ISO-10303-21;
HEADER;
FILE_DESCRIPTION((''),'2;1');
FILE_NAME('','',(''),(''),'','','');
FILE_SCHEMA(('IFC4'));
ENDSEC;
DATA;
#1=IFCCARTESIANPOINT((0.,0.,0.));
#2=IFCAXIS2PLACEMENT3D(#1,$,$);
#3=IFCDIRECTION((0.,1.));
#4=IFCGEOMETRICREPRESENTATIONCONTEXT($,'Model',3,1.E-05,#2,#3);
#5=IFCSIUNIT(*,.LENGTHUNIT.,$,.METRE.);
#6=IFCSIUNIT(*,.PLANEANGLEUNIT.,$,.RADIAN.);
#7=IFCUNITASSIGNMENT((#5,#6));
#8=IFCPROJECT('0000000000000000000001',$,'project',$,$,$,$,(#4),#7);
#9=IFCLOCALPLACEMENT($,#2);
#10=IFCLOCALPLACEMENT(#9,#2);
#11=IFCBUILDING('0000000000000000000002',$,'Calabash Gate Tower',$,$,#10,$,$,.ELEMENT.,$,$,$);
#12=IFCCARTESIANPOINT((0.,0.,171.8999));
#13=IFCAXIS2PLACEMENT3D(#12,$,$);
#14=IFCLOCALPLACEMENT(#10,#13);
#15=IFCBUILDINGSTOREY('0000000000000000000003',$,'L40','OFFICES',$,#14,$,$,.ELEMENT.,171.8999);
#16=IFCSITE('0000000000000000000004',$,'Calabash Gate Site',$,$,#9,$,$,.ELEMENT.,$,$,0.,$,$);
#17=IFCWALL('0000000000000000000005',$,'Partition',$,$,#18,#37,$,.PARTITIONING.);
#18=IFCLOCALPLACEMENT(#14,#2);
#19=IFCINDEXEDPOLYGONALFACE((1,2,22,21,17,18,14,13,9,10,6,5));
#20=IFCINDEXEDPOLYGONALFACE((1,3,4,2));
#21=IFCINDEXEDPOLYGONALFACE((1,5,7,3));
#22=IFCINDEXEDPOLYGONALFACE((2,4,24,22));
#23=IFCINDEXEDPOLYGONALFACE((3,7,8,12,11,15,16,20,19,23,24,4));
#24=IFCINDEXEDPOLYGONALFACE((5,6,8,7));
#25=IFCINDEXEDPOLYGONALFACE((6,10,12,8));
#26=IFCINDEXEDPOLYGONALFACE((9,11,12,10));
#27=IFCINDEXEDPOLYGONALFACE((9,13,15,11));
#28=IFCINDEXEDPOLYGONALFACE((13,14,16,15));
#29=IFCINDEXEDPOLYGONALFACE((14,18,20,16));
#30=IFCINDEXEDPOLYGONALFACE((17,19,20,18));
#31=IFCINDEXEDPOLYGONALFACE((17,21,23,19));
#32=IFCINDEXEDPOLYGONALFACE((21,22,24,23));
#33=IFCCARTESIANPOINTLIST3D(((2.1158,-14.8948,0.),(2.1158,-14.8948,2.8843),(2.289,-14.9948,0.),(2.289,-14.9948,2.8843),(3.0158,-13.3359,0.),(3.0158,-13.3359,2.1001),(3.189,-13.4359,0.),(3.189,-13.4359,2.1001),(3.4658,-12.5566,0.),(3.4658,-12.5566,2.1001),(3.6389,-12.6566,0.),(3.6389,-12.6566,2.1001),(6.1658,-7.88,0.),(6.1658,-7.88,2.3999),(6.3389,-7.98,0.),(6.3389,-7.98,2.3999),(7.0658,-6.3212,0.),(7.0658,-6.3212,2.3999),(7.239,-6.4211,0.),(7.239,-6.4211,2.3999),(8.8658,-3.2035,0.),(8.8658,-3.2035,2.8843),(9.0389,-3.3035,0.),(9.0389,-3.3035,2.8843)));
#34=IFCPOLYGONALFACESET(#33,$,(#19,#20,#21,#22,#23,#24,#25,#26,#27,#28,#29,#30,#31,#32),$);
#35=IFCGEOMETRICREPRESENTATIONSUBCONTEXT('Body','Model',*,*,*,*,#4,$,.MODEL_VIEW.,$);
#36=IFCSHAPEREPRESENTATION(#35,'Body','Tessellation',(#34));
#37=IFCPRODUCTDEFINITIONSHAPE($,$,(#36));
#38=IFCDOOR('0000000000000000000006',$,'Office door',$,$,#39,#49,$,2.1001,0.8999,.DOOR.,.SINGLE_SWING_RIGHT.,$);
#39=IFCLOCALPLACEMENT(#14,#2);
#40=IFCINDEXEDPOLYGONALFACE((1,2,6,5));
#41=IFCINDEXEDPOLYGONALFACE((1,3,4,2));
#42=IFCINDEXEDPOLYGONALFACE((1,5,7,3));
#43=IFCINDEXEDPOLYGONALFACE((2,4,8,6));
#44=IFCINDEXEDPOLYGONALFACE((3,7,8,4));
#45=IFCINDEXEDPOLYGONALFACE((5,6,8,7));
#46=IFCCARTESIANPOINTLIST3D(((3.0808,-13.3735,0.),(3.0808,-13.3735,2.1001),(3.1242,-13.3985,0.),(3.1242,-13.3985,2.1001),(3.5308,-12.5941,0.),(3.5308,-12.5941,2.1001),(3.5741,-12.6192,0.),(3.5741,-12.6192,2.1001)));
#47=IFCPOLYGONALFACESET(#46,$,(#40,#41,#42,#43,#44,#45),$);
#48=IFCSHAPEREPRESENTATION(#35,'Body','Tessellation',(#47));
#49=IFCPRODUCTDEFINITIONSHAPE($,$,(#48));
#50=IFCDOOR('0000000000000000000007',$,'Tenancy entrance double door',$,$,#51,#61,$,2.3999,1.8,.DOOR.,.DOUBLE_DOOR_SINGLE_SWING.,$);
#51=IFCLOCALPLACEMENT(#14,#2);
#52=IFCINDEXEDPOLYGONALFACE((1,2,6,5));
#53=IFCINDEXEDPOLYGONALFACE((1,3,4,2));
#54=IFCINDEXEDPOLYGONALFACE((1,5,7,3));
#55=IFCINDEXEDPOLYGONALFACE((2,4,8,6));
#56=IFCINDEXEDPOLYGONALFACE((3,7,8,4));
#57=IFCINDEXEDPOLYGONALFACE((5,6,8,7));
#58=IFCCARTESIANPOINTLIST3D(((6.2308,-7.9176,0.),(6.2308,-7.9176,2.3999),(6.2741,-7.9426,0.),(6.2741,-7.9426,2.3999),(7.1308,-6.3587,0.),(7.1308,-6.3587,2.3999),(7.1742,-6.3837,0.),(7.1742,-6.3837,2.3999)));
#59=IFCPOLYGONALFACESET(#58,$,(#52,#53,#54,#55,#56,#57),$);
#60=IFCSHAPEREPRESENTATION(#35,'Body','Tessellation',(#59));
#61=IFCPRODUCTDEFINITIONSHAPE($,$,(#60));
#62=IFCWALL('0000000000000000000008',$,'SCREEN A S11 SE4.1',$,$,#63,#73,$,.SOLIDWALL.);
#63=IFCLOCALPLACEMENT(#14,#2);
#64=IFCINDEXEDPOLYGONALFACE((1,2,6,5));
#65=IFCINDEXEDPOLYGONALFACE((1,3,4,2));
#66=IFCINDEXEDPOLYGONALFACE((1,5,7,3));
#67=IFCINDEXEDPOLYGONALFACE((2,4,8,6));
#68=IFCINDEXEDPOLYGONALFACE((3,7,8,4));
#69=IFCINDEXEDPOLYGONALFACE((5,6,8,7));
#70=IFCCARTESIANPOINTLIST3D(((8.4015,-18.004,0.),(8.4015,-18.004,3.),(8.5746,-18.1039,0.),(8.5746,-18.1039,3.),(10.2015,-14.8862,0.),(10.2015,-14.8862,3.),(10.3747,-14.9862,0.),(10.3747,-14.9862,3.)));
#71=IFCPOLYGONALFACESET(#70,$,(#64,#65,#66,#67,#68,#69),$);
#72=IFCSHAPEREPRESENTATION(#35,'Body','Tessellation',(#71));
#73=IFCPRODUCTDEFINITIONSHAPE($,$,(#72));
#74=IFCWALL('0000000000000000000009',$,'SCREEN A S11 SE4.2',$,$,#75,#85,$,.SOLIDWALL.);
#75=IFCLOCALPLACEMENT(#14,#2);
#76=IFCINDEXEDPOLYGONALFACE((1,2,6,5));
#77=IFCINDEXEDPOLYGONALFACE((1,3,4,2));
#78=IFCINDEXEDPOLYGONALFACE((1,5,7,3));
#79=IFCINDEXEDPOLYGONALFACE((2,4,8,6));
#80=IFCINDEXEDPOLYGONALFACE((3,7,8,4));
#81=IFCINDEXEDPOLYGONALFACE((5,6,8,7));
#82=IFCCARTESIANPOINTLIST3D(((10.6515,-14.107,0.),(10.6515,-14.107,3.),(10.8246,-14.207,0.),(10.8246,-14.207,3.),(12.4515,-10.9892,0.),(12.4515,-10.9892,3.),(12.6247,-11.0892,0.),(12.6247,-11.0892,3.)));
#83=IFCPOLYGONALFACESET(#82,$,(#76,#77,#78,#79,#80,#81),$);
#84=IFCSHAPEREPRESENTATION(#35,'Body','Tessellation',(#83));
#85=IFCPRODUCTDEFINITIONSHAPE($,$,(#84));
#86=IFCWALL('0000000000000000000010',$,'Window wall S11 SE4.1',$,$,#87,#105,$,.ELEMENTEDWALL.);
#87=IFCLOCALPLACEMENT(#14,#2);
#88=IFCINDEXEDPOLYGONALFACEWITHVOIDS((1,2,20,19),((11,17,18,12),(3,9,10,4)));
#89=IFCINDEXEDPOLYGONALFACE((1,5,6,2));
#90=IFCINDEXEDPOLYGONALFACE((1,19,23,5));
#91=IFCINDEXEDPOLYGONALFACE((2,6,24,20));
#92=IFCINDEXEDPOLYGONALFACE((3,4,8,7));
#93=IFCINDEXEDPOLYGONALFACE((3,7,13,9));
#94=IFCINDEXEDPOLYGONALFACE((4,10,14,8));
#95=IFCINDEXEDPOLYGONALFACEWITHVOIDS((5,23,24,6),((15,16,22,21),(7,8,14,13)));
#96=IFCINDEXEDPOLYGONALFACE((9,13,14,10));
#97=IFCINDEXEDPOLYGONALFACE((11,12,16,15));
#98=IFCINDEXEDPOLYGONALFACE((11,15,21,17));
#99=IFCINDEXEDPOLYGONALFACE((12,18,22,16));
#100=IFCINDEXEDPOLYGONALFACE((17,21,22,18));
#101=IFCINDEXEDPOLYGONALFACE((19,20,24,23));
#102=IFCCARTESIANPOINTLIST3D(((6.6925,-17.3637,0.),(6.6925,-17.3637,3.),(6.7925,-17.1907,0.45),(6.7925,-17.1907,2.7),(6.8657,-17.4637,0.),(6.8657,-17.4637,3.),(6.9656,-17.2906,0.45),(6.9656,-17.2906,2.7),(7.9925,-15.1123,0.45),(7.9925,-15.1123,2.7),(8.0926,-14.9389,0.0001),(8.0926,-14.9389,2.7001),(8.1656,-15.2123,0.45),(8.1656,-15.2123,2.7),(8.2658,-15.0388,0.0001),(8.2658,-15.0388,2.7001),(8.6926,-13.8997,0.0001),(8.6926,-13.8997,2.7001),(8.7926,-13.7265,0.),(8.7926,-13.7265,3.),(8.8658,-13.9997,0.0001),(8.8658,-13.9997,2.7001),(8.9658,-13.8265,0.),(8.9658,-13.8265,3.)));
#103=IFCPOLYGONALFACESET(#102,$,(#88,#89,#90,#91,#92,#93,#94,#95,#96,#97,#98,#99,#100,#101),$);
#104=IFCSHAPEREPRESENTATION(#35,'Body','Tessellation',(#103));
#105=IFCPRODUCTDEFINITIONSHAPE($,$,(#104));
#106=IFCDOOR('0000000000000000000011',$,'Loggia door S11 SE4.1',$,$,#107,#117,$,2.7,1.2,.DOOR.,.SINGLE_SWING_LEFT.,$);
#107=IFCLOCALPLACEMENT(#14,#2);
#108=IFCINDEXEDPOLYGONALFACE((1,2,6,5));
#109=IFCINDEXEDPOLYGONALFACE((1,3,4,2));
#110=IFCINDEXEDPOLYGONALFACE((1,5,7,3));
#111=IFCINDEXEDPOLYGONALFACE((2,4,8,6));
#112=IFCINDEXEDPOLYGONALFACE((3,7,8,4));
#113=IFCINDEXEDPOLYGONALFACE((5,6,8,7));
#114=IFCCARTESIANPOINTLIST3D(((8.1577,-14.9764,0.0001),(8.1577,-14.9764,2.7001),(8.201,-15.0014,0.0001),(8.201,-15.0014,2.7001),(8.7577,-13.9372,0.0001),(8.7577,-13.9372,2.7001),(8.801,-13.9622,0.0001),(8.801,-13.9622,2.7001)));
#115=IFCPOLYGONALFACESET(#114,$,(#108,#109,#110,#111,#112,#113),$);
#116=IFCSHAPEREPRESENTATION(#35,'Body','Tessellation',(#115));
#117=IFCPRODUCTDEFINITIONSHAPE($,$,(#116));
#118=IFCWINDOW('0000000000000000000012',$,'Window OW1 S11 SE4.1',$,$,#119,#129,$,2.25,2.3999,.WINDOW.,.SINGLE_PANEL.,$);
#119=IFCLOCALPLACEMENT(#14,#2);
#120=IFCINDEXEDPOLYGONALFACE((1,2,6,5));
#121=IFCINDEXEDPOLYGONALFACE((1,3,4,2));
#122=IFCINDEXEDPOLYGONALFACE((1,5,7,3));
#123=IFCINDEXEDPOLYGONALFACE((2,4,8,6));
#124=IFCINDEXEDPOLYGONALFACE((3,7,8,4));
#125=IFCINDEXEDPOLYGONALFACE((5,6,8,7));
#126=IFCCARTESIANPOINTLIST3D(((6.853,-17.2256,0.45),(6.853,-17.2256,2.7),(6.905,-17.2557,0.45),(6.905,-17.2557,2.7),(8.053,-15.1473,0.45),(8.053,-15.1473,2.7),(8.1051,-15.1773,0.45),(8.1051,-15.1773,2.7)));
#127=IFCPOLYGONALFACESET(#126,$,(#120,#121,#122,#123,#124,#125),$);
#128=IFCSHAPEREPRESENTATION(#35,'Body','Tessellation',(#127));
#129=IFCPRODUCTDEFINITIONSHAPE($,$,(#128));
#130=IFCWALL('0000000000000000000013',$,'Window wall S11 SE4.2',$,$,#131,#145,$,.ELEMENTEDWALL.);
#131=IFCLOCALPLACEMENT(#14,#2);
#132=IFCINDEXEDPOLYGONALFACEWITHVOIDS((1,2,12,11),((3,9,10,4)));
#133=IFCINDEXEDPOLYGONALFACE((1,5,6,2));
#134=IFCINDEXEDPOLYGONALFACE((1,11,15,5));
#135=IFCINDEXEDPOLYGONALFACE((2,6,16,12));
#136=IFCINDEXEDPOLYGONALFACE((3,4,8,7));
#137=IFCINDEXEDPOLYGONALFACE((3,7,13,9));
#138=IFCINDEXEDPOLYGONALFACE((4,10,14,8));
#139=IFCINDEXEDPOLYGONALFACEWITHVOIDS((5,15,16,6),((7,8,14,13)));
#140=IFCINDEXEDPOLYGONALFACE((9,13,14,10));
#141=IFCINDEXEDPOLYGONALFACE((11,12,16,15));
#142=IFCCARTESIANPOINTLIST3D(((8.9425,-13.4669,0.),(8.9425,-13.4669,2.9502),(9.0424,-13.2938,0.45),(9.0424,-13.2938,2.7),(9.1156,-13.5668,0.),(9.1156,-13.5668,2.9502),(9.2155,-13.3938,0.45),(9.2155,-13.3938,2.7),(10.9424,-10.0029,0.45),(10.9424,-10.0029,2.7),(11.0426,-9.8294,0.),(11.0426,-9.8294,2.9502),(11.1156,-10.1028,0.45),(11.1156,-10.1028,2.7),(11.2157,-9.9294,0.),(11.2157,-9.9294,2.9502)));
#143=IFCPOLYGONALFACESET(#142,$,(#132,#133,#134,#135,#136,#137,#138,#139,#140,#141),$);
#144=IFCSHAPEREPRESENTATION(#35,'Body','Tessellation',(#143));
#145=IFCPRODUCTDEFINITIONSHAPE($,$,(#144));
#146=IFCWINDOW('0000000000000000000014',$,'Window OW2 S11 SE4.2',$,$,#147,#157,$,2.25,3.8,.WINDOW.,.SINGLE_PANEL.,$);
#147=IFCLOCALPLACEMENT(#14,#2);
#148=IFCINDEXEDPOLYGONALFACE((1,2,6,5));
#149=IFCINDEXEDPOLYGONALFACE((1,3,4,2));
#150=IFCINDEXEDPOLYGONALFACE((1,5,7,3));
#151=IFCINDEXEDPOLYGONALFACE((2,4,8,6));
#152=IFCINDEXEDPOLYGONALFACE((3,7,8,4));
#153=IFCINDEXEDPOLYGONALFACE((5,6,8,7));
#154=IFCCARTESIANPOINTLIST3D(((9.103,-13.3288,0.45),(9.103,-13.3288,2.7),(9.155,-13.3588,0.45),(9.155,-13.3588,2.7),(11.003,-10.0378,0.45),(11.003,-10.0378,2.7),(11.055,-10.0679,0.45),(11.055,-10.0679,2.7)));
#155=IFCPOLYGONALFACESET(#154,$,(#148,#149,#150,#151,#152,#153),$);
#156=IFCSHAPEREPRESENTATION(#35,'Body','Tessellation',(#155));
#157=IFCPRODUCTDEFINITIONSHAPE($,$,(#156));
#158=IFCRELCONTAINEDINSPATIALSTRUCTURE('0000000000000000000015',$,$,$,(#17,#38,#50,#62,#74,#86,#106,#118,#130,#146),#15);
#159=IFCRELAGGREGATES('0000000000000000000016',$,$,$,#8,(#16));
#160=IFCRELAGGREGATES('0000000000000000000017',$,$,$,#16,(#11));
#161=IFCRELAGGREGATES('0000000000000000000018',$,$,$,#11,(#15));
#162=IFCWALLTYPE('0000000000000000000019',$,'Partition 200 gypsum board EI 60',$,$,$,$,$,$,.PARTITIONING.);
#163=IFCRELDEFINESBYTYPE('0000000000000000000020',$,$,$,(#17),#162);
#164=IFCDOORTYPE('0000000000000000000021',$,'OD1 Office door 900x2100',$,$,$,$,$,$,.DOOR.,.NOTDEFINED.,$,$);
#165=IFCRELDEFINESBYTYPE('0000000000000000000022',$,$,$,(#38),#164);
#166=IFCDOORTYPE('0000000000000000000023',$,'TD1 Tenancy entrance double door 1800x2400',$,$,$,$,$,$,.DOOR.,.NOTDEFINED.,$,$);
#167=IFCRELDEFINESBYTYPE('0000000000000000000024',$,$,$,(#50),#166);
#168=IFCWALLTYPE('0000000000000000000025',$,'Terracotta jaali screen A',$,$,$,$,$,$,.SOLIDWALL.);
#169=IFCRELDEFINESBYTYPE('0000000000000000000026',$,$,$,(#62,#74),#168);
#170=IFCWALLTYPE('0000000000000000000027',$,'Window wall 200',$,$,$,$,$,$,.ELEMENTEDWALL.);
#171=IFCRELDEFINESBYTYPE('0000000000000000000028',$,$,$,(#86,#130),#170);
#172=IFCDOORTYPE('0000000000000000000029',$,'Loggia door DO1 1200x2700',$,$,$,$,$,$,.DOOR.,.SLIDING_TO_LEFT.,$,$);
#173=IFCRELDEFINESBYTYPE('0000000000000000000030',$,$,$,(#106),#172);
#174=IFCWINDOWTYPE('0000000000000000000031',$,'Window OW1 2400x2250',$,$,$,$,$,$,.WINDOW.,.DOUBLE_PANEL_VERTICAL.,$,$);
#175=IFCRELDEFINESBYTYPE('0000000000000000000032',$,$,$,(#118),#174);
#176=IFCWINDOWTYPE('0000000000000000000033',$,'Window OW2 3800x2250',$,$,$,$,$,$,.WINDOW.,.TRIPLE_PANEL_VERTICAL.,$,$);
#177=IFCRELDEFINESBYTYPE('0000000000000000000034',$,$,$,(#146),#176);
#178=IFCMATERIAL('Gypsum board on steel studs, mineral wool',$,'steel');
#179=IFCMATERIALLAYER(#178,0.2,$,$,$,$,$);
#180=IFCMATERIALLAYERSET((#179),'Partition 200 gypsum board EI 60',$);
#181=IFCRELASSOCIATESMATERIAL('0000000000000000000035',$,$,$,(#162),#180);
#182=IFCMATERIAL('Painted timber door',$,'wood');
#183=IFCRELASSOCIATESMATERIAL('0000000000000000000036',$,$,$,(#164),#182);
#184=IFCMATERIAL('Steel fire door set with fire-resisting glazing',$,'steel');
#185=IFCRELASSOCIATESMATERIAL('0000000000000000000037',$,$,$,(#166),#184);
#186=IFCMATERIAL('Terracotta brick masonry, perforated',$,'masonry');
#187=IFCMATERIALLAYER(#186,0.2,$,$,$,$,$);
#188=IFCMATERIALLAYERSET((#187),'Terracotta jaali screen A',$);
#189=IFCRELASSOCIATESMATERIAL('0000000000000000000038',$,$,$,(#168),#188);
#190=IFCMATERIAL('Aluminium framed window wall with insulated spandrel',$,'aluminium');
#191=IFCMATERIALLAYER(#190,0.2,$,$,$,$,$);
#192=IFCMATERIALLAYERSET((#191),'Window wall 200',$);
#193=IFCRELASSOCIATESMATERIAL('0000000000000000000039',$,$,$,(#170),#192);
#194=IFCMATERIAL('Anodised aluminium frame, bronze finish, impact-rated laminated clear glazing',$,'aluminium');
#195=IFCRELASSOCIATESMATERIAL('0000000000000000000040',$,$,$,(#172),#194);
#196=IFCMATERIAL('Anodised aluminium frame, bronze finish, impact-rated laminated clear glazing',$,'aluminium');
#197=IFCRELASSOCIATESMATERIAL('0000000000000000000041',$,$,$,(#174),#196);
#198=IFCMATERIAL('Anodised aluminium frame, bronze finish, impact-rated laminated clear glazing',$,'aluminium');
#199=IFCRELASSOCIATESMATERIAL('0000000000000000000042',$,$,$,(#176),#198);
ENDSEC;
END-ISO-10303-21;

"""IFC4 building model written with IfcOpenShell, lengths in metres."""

from ifc_helpers import new_model, si_unit, direction, frame, frame_2d, origin, place, context, subcontext, project, spatial, rectangle, extrude, material, layer, layer_set, type_object, element, fill, save


model = new_model("IFC4")

# Units and contexts
model_context = context("Model", 3, precision=1e-05, world=origin(), true_north=direction((0.0, 1.0)))
body_context = subcontext(model_context, "Body", "Model", "MODEL_VIEW")
ifc_project = project(units=[si_unit("LENGTHUNIT", "METRE"), si_unit("PLANEANGLEUNIT", "RADIAN")], contexts=[model_context])

# Site, building, storey
site_placement = place(None, origin())
site = spatial("IfcSite", under=ifc_project, at=site_placement, Name="Calabash Gate Site", CompositionType="ELEMENT", RefElevation=0.0)
building_placement = place(site_placement, origin())
building = spatial("IfcBuilding", under=site, at=building_placement, Name="Calabash Gate Tower", CompositionType="ELEMENT")
storey_placement = place(building_placement, frame((0.0, 0.0, 171.8999)))
storey = spatial("IfcBuildingStorey", under=building, at=storey_placement, Name="L40", Description="OFFICES", CompositionType="ELEMENT", Elevation=171.8999)

# Shared definitions
ifc_material_1 = material(Name="Gypsum board on steel studs, mineral wool", Category="steel")
ifc_layer_1 = layer(ifc_material_1, 0.2)
ifc_layer_set_1 = layer_set([ifc_layer_1], Name="Partition 200 gypsum board EI 60")
wall_type_1 = type_object("IfcWallType", Name="Partition 200 gypsum board EI 60", PredefinedType="PARTITIONING", material=ifc_layer_set_1)

# Wall, openings, doors
wall_1_placement = place(storey_placement, frame((2.2024, -14.9448, 0.0), z_axis=(0.0, 0.0, 1.0), x_axis=(0.499998, 0.866027, 0.0)))
wall_1 = element("IfcWall", 1, at=wall_1_placement, inside=storey, type_object=wall_type_1, Name="Partition", PredefinedType="PARTITIONING", context=body_context, shape_type="SweptSolid", body=[
    extrude(rectangle(XDim=13.5, YDim=0.2, at=frame_2d((6.75, 0.0))), origin(), (0.0, 0.0, 1.0), 2.8843),
])
opening_1_placement = place(wall_1_placement, frame((1.8, 0.0, 0.0)))
opening_1 = element("IfcOpeningElement", 2, at=opening_1_placement, cuts=wall_1, PredefinedType="OPENING", context=body_context, shape_type="SweptSolid", body=[
    extrude(rectangle(XDim=0.8999, YDim=2.1001, at=frame_2d((0.45, 1.05))), frame((0.0, 0.1099, 0.0), z_axis=(0.0, -1.0, 0.0), x_axis=(1.0, 0.0, 0.0)), (0.0, 0.0, 1.0), 0.22),
])
opening_2_placement = place(wall_1_placement, frame((8.1001, 0.0, 0.0)))
opening_2 = element("IfcOpeningElement", 3, at=opening_2_placement, cuts=wall_1, PredefinedType="OPENING", context=body_context, shape_type="SweptSolid", body=[
    extrude(rectangle(XDim=1.8, YDim=2.3999, at=frame_2d((0.8999, 1.2))), frame((0.0, 0.1099, 0.0), z_axis=(0.0, -1.0, 0.0), x_axis=(1.0, 0.0, 0.0)), (0.0, 0.0, 1.0), 0.22),
])
ifc_material_2 = material(Name="Painted timber door", Category="wood")
door_type_1 = type_object("IfcDoorType", Name="OD1 Office door 900x2100", OperationType="NOTDEFINED", PredefinedType="DOOR", material=ifc_material_2)
door_1_placement = place(opening_1_placement, origin())
door_1 = element("IfcDoor", 4, at=door_1_placement, inside=storey, type_object=door_type_1, Name="Office door", OperationType="SINGLE_SWING_RIGHT", OverallHeight=2.1001, OverallWidth=0.8999, PredefinedType="DOOR", context=body_context, shape_type="SweptSolid", body=[
    extrude(rectangle(XDim=0.8999, YDim=2.1001, at=frame_2d((0.45, 1.05))), frame((0.0, 0.0249, 0.0), z_axis=(0.0, -1.0, 0.0), x_axis=(1.0, 0.0, 0.0)), (0.0, 0.0, 1.0), 0.05),
])
fill(opening_1, door_1)
ifc_material_3 = material(Name="Steel fire door set with fire-resisting glazing", Category="steel")
door_type_2 = type_object("IfcDoorType", Name="TD1 Tenancy entrance double door 1800x2400", OperationType="NOTDEFINED", PredefinedType="DOOR", material=ifc_material_3)
door_2_placement = place(opening_2_placement, origin())
door_2 = element("IfcDoor", 5, at=door_2_placement, inside=storey, type_object=door_type_2, Name="Tenancy entrance double door", OperationType="DOUBLE_DOOR_SINGLE_SWING", OverallHeight=2.3999, OverallWidth=1.8, PredefinedType="DOOR", context=body_context, shape_type="SweptSolid", body=[
    extrude(rectangle(XDim=1.8, YDim=2.3999, at=frame_2d((0.8999, 1.2))), frame((0.0, 0.0249, 0.0), z_axis=(0.0, -1.0, 0.0), x_axis=(1.0, 0.0, 0.0)), (0.0, 0.0, 1.0), 0.05),
])
fill(opening_2, door_2)

# Walls
ifc_material_4 = material(Name="Terracotta brick masonry, perforated", Category="masonry")
ifc_layer_2 = layer(ifc_material_4, 0.2)
ifc_layer_set_2 = layer_set([ifc_layer_2], Name="Terracotta jaali screen A")
wall_type_2 = type_object("IfcWallType", Name="Terracotta jaali screen A", PredefinedType="SOLIDWALL", material=ifc_layer_set_2)
for number, where, z_axis, x_axis, name in (
    (6, (8.488, -18.054, 0.0), (0.0, 0.0, 1.0), (0.500012, 0.866018, 0.0), "SCREEN A S11 SE4.1"),
    (7, (10.738, -14.157, 0.0), (0.0, 0.0, 1.0), (0.500012, 0.866018, 0.0), "SCREEN A S11 SE4.2"),
):
    element("IfcWall", number, at=place(storey_placement, frame(where, z_axis=z_axis, x_axis=x_axis)), inside=storey, type_object=wall_type_2, Name=name, PredefinedType="SOLIDWALL", context=body_context, shape_type="SweptSolid", body=[
        extrude(rectangle(XDim=3.6001, YDim=0.2, at=frame_2d((1.8, 0.0))), origin(), (0.0, 0.0, 1.0), 3.0),
    ])

# Wall, openings, door, window
ifc_material_5 = material(Name="Aluminium framed window wall with insulated spandrel", Category="aluminium")
ifc_layer_3 = layer(ifc_material_5, 0.2)
ifc_layer_set_3 = layer_set([ifc_layer_3], Name="Window wall 200")
wall_type_3 = type_object("IfcWallType", Name="Window wall 200", PredefinedType="ELEMENTEDWALL", material=ifc_layer_set_3)
wall_2_placement = place(storey_placement, frame((6.7791, -17.4138, 0.0), z_axis=(0.0, 0.0, 1.0), x_axis=(0.500028, 0.866009, 0.0)))
wall_2 = element("IfcWall", 8, at=wall_2_placement, inside=storey, type_object=wall_type_3, Name="Window wall S11 SE4.1", PredefinedType="ELEMENTEDWALL", context=body_context, shape_type="SweptSolid", body=[
    extrude(rectangle(XDim=4.2, YDim=0.2, at=frame_2d((2.1001, 0.0))), origin(), (0.0, 0.0, 1.0), 3.0),
])
opening_3_placement = place(wall_2_placement, frame((0.2, 0.0, 0.45)))
opening_3 = element("IfcOpeningElement", 9, at=opening_3_placement, cuts=wall_2, PredefinedType="OPENING", context=body_context, shape_type="SweptSolid", body=[
    extrude(rectangle(XDim=2.3999, YDim=2.25, at=frame_2d((1.2, 1.125))), frame((0.0, 0.1099, 0.0), z_axis=(0.0, -1.0, 0.0), x_axis=(1.0, 0.0, 0.0)), (0.0, 0.0, 1.0), 0.22),
])
opening_4_placement = place(wall_2_placement, frame((2.8, 0.0, 0.0)))
opening_4 = element("IfcOpeningElement", 10, at=opening_4_placement, cuts=wall_2, PredefinedType="OPENING", context=body_context, shape_type="SweptSolid", body=[
    extrude(rectangle(XDim=1.2, YDim=2.7, at=frame_2d((0.6001, 1.3501))), frame((0.0, 0.1099, 0.0), z_axis=(0.0, -1.0, 0.0), x_axis=(1.0, 0.0, 0.0)), (0.0, 0.0, 1.0), 0.22),
])
ifc_material_6 = material(Name="Anodised aluminium frame, bronze finish, impact-rated laminated clear glazing", Category="aluminium")
door_type_3 = type_object("IfcDoorType", Name="Loggia door DO1 1200x2700", OperationType="SLIDING_TO_LEFT", PredefinedType="DOOR", material=ifc_material_6)
door_3_placement = place(opening_4_placement, origin())
door_3 = element("IfcDoor", 11, at=door_3_placement, inside=storey, type_object=door_type_3, Name="Loggia door S11 SE4.1", OperationType="SINGLE_SWING_LEFT", OverallHeight=2.7, OverallWidth=1.2, PredefinedType="DOOR", context=body_context, shape_type="SweptSolid", body=[
    extrude(rectangle(XDim=1.2, YDim=2.7, at=frame_2d((0.6001, 1.3501))), frame((0.0, 0.0249, 0.0), z_axis=(0.0, -1.0, 0.0), x_axis=(1.0, 0.0, 0.0)), (0.0, 0.0, 1.0), 0.05),
])
fill(opening_4, door_3)
ifc_material_7 = material(Name="Anodised aluminium frame, bronze finish, impact-rated laminated clear glazing", Category="aluminium")
window_type_1 = type_object("IfcWindowType", Name="Window OW1 2400x2250", PartitioningType="DOUBLE_PANEL_VERTICAL", PredefinedType="WINDOW", material=ifc_material_7)
window_1_placement = place(opening_3_placement, origin())
window_1 = element("IfcWindow", 12, at=window_1_placement, inside=storey, type_object=window_type_1, Name="Window OW1 S11 SE4.1", OverallHeight=2.25, OverallWidth=2.3999, PartitioningType="SINGLE_PANEL", PredefinedType="WINDOW", context=body_context, shape_type="SweptSolid", body=[
    extrude(rectangle(XDim=2.3999, YDim=2.25, at=frame_2d((1.2, 1.125))), frame((0.0, 0.03, 0.0), z_axis=(0.0, -1.0, 0.0), x_axis=(1.0, 0.0, 0.0)), (0.0, 0.0, 1.0), 0.0601),
])
fill(opening_3, window_1)

# Wall, opening, window
wall_3_placement = place(storey_placement, frame((9.0291, -13.5168, 0.0), z_axis=(0.0, 0.0, 1.0), x_axis=(0.500003, 0.866024, 0.0)))
wall_3 = element("IfcWall", 13, at=wall_3_placement, inside=storey, type_object=wall_type_3, Name="Window wall S11 SE4.2", PredefinedType="ELEMENTEDWALL", context=body_context, shape_type="SweptSolid", body=[
    extrude(rectangle(XDim=4.2002, YDim=0.2, at=frame_2d((2.1001, 0.0))), origin(), (0.0, 0.0, 1.0), 2.9502),
])
opening_5_placement = place(wall_3_placement, frame((0.2, 0.0, 0.45)))
opening_5 = element("IfcOpeningElement", 14, at=opening_5_placement, cuts=wall_3, PredefinedType="OPENING", context=body_context, shape_type="SweptSolid", body=[
    extrude(rectangle(XDim=3.8, YDim=2.25, at=frame_2d((1.8999, 1.125))), frame((0.0, 0.1099, 0.0), z_axis=(0.0, -1.0, 0.0), x_axis=(1.0, 0.0, 0.0)), (0.0, 0.0, 1.0), 0.22),
])
ifc_material_8 = material(Name="Anodised aluminium frame, bronze finish, impact-rated laminated clear glazing", Category="aluminium")
window_type_2 = type_object("IfcWindowType", Name="Window OW2 3800x2250", PartitioningType="TRIPLE_PANEL_VERTICAL", PredefinedType="WINDOW", material=ifc_material_8)
window_2_placement = place(opening_5_placement, origin())
window_2 = element("IfcWindow", 15, at=window_2_placement, inside=storey, type_object=window_type_2, Name="Window OW2 S11 SE4.2", OverallHeight=2.25, OverallWidth=3.8, PartitioningType="SINGLE_PANEL", PredefinedType="WINDOW", context=body_context, shape_type="SweptSolid", body=[
    extrude(rectangle(XDim=3.8, YDim=2.25, at=frame_2d((1.8999, 1.125))), frame((0.0, 0.03, 0.0), z_axis=(0.0, -1.0, 0.0), x_axis=(1.0, 0.0, 0.0)), (0.0, 0.0, 1.0), 0.0601),
])
fill(opening_5, window_2)

save(model, "model.ifc")
